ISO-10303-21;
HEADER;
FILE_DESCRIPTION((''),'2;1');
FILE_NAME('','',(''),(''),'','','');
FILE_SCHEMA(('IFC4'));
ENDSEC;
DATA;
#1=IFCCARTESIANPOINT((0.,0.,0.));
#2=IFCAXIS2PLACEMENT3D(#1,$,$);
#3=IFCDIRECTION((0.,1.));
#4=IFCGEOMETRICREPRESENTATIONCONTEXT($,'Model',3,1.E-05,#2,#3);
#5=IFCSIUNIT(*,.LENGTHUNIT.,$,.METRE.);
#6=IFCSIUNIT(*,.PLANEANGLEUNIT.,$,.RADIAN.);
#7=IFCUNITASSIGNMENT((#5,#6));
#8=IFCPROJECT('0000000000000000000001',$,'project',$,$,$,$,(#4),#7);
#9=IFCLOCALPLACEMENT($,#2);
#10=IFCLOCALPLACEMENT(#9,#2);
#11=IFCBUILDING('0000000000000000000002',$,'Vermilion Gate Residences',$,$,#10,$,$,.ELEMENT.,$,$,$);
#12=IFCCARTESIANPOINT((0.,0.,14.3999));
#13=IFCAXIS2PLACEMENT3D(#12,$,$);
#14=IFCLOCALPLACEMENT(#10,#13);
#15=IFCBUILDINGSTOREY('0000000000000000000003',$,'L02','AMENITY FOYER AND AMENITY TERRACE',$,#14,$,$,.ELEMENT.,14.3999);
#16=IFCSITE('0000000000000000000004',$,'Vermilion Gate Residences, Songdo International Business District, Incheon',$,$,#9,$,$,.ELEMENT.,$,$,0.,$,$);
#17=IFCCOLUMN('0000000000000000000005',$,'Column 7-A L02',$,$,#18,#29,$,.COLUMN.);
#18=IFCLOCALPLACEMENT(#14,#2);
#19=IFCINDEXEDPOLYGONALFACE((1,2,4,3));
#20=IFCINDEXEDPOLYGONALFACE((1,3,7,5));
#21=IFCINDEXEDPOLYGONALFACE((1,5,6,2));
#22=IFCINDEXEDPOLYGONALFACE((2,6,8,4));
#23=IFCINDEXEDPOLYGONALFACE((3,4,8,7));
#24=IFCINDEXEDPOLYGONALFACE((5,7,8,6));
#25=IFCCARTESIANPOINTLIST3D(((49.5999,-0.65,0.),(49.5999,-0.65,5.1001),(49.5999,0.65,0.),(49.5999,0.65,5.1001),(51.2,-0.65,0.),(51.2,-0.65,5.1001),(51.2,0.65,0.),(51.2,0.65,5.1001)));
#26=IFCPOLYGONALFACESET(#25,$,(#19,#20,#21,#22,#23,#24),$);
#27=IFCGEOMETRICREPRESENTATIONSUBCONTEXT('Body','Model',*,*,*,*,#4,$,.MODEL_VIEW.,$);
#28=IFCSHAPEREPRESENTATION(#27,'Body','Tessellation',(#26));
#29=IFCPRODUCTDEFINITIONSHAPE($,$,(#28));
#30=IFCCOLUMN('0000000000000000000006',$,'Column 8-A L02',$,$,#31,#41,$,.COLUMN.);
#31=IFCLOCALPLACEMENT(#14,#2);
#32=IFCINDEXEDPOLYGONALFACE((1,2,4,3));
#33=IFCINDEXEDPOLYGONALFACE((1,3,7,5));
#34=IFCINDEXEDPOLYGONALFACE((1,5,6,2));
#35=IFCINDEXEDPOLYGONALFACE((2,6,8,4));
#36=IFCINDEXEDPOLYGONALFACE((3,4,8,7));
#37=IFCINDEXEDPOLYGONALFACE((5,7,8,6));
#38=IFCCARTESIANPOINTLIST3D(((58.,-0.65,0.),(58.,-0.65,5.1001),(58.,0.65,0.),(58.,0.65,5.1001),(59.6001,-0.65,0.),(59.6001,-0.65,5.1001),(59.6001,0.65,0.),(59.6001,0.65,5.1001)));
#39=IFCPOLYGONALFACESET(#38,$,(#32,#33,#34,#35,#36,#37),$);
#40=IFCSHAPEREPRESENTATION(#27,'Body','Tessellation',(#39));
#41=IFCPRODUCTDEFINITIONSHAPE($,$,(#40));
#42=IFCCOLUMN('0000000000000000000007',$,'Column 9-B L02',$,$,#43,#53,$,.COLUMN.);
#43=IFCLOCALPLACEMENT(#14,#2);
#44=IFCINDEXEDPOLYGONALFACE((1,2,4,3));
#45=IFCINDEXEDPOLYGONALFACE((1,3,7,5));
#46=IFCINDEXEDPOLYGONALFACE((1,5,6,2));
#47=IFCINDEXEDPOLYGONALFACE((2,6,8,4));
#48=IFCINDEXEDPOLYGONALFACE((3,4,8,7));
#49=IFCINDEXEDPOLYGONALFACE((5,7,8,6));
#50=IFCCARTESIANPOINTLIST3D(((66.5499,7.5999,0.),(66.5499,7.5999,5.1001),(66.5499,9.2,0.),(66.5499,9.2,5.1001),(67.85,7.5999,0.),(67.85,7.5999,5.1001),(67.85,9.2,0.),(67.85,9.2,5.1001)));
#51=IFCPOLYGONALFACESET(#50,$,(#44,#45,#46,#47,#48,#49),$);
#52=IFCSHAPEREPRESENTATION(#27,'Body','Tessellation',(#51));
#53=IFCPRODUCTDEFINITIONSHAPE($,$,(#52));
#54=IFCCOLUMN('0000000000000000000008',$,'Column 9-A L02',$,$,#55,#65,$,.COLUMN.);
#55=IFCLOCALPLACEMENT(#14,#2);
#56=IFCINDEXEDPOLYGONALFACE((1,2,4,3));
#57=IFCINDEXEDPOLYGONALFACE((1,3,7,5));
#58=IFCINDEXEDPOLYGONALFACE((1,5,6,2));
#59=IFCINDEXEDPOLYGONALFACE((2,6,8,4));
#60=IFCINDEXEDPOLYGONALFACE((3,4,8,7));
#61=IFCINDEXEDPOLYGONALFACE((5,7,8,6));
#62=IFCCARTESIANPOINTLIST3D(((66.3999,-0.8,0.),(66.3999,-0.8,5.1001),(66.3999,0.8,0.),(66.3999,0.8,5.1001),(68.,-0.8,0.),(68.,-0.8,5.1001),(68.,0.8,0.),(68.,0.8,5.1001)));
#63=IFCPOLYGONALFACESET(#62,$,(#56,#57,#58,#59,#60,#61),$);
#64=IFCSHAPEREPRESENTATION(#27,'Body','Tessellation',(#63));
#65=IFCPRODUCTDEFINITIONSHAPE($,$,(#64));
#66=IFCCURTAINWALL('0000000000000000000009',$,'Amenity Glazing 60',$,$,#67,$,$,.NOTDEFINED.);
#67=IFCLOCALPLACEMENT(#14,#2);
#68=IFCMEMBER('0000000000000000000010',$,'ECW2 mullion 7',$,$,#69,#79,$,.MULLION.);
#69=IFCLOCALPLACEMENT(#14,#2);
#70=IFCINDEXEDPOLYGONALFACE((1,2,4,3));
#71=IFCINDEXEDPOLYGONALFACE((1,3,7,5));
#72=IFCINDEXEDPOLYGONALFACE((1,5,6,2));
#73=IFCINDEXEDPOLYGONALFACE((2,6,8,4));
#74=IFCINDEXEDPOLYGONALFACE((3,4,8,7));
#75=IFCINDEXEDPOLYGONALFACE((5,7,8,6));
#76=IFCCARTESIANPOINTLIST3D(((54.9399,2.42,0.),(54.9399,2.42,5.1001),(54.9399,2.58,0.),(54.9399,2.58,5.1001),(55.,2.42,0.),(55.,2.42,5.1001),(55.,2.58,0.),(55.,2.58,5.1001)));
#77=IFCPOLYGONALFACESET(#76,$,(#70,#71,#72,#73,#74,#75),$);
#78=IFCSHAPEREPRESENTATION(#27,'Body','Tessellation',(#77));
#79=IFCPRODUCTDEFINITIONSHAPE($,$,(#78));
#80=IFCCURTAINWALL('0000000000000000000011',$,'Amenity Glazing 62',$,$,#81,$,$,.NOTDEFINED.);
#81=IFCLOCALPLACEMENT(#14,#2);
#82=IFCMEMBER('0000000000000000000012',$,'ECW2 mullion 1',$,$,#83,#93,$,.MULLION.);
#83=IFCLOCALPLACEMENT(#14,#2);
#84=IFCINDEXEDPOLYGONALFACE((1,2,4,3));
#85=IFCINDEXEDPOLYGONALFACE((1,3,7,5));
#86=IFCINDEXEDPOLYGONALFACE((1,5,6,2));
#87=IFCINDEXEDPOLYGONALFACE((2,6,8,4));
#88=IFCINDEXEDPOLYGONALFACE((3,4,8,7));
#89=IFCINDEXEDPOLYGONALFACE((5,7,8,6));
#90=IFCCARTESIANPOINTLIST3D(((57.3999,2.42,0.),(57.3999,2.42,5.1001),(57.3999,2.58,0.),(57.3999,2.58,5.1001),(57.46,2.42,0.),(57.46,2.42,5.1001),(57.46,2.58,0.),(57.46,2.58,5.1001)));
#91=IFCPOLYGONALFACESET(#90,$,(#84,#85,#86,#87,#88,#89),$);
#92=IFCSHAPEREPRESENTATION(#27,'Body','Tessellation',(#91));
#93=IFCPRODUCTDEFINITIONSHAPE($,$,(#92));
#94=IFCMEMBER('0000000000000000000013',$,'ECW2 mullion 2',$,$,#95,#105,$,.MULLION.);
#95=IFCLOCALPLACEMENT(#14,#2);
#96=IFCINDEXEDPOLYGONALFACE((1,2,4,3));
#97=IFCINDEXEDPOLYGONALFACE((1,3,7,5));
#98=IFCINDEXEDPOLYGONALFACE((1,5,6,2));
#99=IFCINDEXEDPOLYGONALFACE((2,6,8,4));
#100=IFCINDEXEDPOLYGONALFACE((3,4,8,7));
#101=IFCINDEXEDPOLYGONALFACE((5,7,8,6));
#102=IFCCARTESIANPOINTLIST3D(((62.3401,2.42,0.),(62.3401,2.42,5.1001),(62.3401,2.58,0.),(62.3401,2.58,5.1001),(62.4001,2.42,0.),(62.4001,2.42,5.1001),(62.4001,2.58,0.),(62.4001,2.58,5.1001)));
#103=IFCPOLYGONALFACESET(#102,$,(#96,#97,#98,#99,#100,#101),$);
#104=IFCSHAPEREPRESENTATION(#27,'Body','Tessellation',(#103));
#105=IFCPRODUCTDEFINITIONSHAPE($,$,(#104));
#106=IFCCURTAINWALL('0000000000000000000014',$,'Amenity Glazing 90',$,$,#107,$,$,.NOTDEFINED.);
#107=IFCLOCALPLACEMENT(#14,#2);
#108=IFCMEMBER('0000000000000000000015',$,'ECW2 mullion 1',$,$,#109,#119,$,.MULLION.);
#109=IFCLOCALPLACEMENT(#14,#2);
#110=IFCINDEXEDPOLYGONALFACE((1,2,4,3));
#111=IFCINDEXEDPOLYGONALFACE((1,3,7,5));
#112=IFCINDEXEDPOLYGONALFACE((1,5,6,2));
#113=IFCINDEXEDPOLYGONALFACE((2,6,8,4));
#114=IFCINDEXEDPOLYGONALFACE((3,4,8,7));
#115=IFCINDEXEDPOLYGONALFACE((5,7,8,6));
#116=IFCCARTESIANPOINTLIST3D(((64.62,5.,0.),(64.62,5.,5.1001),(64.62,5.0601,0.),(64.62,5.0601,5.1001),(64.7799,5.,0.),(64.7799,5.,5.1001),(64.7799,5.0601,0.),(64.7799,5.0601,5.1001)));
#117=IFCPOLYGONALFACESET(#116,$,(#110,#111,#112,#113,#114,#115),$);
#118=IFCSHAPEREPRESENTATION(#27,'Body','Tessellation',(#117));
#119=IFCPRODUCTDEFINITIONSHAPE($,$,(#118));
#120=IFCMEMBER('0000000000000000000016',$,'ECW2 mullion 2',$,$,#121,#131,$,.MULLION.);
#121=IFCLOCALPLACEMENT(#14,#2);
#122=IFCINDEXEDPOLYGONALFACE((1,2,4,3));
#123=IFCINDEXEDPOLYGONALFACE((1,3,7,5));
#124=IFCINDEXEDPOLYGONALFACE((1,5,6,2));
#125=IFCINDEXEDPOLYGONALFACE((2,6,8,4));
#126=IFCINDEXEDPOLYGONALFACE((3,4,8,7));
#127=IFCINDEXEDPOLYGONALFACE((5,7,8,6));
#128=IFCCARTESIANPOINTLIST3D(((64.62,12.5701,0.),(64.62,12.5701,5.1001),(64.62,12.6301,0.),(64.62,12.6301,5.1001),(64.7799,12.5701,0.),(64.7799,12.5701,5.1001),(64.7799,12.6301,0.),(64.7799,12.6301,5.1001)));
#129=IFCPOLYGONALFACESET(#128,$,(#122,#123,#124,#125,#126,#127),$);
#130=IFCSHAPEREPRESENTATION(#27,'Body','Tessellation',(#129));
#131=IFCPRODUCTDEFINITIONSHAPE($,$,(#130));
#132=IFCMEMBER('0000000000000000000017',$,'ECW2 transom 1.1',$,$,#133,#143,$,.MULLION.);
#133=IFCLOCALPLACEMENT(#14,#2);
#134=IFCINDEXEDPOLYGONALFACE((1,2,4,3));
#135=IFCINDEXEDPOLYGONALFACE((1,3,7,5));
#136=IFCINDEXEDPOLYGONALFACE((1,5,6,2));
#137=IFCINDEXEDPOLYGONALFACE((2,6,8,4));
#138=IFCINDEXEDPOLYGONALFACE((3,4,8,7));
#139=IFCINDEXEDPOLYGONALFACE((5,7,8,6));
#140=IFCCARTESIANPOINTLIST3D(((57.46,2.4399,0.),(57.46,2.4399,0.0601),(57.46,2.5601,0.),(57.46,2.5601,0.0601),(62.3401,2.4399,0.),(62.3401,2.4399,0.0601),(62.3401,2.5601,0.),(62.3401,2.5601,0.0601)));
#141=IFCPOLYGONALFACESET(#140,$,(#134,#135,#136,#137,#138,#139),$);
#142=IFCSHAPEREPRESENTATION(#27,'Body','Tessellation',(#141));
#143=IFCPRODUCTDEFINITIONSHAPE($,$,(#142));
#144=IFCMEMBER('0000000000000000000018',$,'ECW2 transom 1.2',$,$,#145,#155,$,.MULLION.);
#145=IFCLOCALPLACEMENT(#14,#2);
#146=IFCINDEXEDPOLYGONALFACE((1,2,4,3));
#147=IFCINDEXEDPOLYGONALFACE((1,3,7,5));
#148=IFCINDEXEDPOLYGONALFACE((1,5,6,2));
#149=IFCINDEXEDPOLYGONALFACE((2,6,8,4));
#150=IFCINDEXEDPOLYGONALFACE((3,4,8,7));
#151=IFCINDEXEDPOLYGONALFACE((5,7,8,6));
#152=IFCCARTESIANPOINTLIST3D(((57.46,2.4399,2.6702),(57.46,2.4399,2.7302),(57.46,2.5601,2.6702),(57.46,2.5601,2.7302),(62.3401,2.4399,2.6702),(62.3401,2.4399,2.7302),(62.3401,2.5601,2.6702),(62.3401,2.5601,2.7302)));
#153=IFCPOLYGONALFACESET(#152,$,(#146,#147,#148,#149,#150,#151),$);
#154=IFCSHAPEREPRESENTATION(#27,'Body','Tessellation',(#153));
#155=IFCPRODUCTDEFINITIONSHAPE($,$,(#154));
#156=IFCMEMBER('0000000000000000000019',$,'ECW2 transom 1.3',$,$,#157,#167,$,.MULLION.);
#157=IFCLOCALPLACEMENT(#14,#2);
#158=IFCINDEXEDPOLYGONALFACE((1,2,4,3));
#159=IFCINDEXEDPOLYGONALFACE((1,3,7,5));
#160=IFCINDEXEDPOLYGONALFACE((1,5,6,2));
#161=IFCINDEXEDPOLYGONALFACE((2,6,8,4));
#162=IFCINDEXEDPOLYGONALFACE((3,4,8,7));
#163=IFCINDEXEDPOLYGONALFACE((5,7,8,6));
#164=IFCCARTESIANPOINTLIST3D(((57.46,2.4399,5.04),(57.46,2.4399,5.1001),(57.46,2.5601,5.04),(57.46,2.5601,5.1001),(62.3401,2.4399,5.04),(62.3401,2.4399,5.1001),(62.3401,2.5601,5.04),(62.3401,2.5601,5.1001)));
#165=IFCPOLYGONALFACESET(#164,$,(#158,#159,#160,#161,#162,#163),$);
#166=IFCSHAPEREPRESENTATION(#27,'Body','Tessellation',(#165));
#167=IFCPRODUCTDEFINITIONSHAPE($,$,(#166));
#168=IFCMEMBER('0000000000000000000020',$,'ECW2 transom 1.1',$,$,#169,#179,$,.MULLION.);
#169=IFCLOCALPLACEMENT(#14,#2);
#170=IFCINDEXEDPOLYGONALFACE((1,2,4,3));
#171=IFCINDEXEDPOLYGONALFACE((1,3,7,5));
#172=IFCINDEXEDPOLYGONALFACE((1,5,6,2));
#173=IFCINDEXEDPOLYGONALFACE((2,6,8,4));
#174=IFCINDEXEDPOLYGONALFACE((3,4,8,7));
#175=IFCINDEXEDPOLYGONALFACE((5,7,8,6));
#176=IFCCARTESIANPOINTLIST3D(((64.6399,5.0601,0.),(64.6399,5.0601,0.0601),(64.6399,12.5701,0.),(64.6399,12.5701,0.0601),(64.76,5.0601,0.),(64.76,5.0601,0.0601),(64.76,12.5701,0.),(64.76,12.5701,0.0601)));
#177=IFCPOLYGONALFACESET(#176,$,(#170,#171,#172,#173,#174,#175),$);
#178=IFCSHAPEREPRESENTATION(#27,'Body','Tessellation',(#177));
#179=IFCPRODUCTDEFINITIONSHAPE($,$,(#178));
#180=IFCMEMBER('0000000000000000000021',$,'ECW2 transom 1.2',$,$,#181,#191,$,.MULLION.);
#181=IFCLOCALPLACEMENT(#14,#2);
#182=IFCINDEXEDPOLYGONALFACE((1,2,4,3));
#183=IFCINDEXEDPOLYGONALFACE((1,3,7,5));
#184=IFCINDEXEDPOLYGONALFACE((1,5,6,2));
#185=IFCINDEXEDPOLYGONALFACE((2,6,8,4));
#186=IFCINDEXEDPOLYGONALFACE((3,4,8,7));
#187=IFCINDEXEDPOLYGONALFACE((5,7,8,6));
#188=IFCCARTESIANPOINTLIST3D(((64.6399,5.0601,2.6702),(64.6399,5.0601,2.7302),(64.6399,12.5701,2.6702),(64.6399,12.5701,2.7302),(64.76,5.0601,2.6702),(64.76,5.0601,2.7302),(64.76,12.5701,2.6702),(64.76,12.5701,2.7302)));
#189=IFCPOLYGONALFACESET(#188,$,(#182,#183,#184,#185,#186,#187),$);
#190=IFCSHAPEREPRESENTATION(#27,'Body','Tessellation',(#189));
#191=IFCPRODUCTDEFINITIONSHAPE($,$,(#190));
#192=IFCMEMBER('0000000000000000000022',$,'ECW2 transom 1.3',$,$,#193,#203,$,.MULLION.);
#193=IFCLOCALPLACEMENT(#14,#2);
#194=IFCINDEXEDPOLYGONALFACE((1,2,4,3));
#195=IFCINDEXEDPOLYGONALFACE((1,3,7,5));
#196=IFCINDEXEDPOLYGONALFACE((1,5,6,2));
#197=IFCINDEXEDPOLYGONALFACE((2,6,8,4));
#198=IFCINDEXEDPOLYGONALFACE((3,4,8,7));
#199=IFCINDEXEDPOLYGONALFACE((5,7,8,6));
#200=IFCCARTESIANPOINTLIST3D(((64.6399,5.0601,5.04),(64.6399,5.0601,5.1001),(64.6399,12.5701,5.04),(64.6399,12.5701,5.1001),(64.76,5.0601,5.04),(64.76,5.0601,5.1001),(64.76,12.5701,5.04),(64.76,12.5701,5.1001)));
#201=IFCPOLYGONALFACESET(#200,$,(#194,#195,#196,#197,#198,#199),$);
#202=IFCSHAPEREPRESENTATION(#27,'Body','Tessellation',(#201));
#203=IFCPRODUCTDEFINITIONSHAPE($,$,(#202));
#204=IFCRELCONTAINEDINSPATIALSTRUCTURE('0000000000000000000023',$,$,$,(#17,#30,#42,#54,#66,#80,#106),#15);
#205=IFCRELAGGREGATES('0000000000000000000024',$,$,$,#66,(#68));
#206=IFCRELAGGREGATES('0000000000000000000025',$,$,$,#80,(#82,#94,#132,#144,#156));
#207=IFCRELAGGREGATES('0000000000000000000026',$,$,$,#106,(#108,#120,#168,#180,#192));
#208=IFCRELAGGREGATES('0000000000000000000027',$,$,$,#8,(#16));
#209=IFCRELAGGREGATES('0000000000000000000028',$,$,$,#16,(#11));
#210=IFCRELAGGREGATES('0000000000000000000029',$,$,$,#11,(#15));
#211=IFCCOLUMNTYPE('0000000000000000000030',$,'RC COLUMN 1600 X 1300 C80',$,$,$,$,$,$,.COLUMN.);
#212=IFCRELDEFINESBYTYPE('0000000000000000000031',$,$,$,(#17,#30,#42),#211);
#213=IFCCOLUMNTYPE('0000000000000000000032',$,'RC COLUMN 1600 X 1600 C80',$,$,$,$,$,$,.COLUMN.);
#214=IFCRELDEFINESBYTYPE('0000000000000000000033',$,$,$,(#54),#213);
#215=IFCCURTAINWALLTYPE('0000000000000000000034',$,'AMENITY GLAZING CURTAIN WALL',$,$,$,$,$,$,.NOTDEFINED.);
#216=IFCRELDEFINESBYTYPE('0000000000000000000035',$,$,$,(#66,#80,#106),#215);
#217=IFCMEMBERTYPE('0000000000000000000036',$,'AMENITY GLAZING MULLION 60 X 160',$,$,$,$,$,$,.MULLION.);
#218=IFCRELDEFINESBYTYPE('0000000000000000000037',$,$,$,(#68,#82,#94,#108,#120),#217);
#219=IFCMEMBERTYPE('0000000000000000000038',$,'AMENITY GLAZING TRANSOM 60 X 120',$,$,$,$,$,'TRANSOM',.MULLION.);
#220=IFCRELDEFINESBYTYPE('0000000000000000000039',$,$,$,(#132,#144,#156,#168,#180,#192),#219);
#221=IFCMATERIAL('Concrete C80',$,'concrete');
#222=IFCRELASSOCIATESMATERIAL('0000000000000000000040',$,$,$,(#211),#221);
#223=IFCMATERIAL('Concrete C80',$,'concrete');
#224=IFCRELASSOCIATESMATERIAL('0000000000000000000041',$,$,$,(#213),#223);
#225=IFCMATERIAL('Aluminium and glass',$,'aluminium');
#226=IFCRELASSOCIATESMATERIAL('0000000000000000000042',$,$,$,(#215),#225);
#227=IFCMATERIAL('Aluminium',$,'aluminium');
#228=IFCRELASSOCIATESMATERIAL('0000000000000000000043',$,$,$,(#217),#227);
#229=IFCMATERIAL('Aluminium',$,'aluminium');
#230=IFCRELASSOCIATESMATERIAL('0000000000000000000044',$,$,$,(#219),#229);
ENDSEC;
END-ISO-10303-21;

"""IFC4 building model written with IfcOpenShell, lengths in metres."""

from ifc_helpers import new_model, si_unit, direction, frame, origin, origin_2d, place, context, subcontext, project, spatial, rectangle, extrude, material, material_profile, profile_set, type_object, element, aggregate, save


model = new_model("IFC4")

# Units and contexts
model_context = context("Model", 3, precision=1e-05, world=origin(), true_north=direction((0.0, 1.0)))
body_context = subcontext(model_context, "Body", "Model", "MODEL_VIEW")
ifc_project = project(units=[si_unit("LENGTHUNIT", "METRE"), si_unit("PLANEANGLEUNIT", "RADIAN")], contexts=[model_context])

# Site, building, storey
site_placement = place(None, origin())
site = spatial("IfcSite", under=ifc_project, at=site_placement, Name="Vermilion Gate Residences, Songdo International Business District, Incheon", CompositionType="ELEMENT", RefElevation=0.0)
building_placement = place(site_placement, origin())
building = spatial("IfcBuilding", under=site, at=building_placement, Name="Vermilion Gate Residences", CompositionType="ELEMENT")
storey_placement = place(building_placement, frame((0.0, 0.0, 14.3999)))
storey = spatial("IfcBuildingStorey", under=building, at=storey_placement, Name="L02", Description="AMENITY FOYER AND AMENITY TERRACE", CompositionType="ELEMENT", Elevation=14.3999)

# Columns
ifc_material_1 = material(Name="Concrete C80", Category="concrete")
ifc_material_profile_1 = material_profile(ifc_material_1, rectangle(XDim=1.6001, YDim=1.3, at=origin_2d()), Name="RC-1600x1300")
ifc_profile_set_1 = profile_set([ifc_material_profile_1], Name="Concrete C80")
column_type_1 = type_object("IfcColumnType", Name="RC COLUMN 1600 X 1300 C80", PredefinedType="COLUMN", material=ifc_profile_set_1)
for number, where, z_axis, x_axis, name in (
    (1, (50.3999, 0.0, 0.0), (0.0, 0.0, 1.0), (1.0, 0.0, 0.0), "Column 7-A L02"),
    (2, (58.8, 0.0, 0.0), (0.0, 0.0, 1.0), (1.0, 0.0, 0.0), "Column 8-A L02"),
    (3, (67.2, 8.3999, 0.0), (0.0, 0.0, 1.0), (0.0, 1.0, 0.0), "Column 9-B L02"),
):
    element("IfcColumn", number, at=place(storey_placement, frame(where, z_axis=z_axis, x_axis=x_axis)), inside=storey, type_object=column_type_1, Name=name, PredefinedType="COLUMN", context=body_context, shape_type="SweptSolid", body=[
        extrude(rectangle(XDim=1.6001, YDim=1.3, at=origin_2d()), origin(), (0.0, 0.0, 1.0), 5.1001),
    ])
ifc_material_2 = material(Name="Concrete C80", Category="concrete")
ifc_material_profile_2 = material_profile(ifc_material_2, rectangle(XDim=1.6001, YDim=1.6001, at=origin_2d()), Name="RC-1600x1600")
ifc_profile_set_2 = profile_set([ifc_material_profile_2], Name="Concrete C80")
column_type_2 = type_object("IfcColumnType", Name="RC COLUMN 1600 X 1600 C80", PredefinedType="COLUMN", material=ifc_profile_set_2)
column_placement = place(storey_placement, frame((67.2, 0.0, 0.0), z_axis=(0.0, 0.0, 1.0), x_axis=(1.0, 0.0, 0.0)))
element("IfcColumn", 4, at=column_placement, inside=storey, type_object=column_type_2, Name="Column 9-A L02", PredefinedType="COLUMN", context=body_context, shape_type="SweptSolid", body=[
    extrude(rectangle(XDim=1.6001, YDim=1.6001, at=origin_2d()), origin(), (0.0, 0.0, 1.0), 5.1001),
])

# Curtain wall, member
ifc_material_3 = material(Name="Aluminium and glass", Category="aluminium")
curtain_wall_type = type_object("IfcCurtainWallType", Name="AMENITY GLAZING CURTAIN WALL", PredefinedType="NOTDEFINED", material=ifc_material_3)
curtain_wall_1_placement = place(storey_placement, origin())
curtain_wall_1 = element("IfcCurtainWall", 5, at=curtain_wall_1_placement, inside=storey, type_object=curtain_wall_type, Name="Amenity Glazing 60", PredefinedType="NOTDEFINED")
ifc_material_4 = material(Name="Aluminium", Category="aluminium")
ifc_material_profile_3 = material_profile(ifc_material_4, rectangle(XDim=0.1599, YDim=0.0601, at=origin_2d()), Name="MULLION 60 X 160")
ifc_profile_set_3 = profile_set([ifc_material_profile_3], Name="Aluminium")
member_type_1 = type_object("IfcMemberType", Name="AMENITY GLAZING MULLION 60 X 160", PredefinedType="MULLION", material=ifc_profile_set_3)
member_1_placement = place(storey_placement, frame((54.97, 2.5, 0.0), z_axis=(0.0, 0.0, 1.0), x_axis=(0.0, 1.0, 0.0)))
member_1 = element("IfcMember", 6, at=member_1_placement, type_object=member_type_1, Name="ECW2 mullion 7", PredefinedType="MULLION", context=body_context, shape_type="SweptSolid", body=[
    extrude(rectangle(XDim=0.1599, YDim=0.0601, at=origin_2d()), origin(), (0.0, 0.0, 1.0), 5.1001),
])

# Curtain walls, members
curtain_wall_2_placement = place(storey_placement, origin())
curtain_wall_2 = element("IfcCurtainWall", 7, at=curtain_wall_2_placement, inside=storey, type_object=curtain_wall_type, Name="Amenity Glazing 62", PredefinedType="NOTDEFINED")
member_2_placement = place(storey_placement, frame((57.4299, 2.5, 0.0), z_axis=(0.0, 0.0, 1.0), x_axis=(0.0, 1.0, 0.0)))
member_2 = element("IfcMember", 8, at=member_2_placement, type_object=member_type_1, Name="ECW2 mullion 1", PredefinedType="MULLION", context=body_context, shape_type="SweptSolid", body=[
    extrude(rectangle(XDim=0.1599, YDim=0.0601, at=origin_2d()), origin(), (0.0, 0.0, 1.0), 5.1001),
])
member_3_placement = place(storey_placement, frame((62.3701, 2.5, 0.0), z_axis=(0.0, 0.0, 1.0), x_axis=(0.0, 1.0, 0.0)))
member_3 = element("IfcMember", 9, at=member_3_placement, type_object=member_type_1, Name="ECW2 mullion 2", PredefinedType="MULLION", context=body_context, shape_type="SweptSolid", body=[
    extrude(rectangle(XDim=0.1599, YDim=0.0601, at=origin_2d()), origin(), (0.0, 0.0, 1.0), 5.1001),
])
curtain_wall_3_placement = place(storey_placement, origin())
curtain_wall_3 = element("IfcCurtainWall", 10, at=curtain_wall_3_placement, inside=storey, type_object=curtain_wall_type, Name="Amenity Glazing 90", PredefinedType="NOTDEFINED")
member_4_placement = place(storey_placement, frame((64.7, 5.03, 0.0), z_axis=(0.0, 0.0, 1.0), x_axis=(-1.0, 0.0, 0.0)))
member_4 = element("IfcMember", 11, at=member_4_placement, type_object=member_type_1, Name="ECW2 mullion 1", PredefinedType="MULLION", context=body_context, shape_type="SweptSolid", body=[
    extrude(rectangle(XDim=0.1599, YDim=0.0601, at=origin_2d()), origin(), (0.0, 0.0, 1.0), 5.1001),
])
member_5_placement = place(storey_placement, frame((64.7, 12.6001, 0.0), z_axis=(0.0, 0.0, 1.0), x_axis=(-1.0, 0.0, 0.0)))
member_5 = element("IfcMember", 12, at=member_5_placement, type_object=member_type_1, Name="ECW2 mullion 2", PredefinedType="MULLION", context=body_context, shape_type="SweptSolid", body=[
    extrude(rectangle(XDim=0.1599, YDim=0.0601, at=origin_2d()), origin(), (0.0, 0.0, 1.0), 5.1001),
])

# Members
ifc_material_5 = material(Name="Aluminium", Category="aluminium")
ifc_material_profile_4 = material_profile(ifc_material_5, rectangle(XDim=0.1201, YDim=0.0601, at=origin_2d()), Name="TRANSOM 60 X 120")
ifc_profile_set_4 = profile_set([ifc_material_profile_4], Name="Aluminium")
member_type_2 = type_object("IfcMemberType", Name="AMENITY GLAZING TRANSOM 60 X 120", ElementType="TRANSOM", PredefinedType="MULLION", material=ifc_profile_set_4)
member_6_placement = place(storey_placement, frame((57.46, 2.5, 0.03), z_axis=(1.0, 0.0, 0.0), x_axis=(0.0, 1.0, 0.0)))
member_6 = element("IfcMember", 13, at=member_6_placement, type_object=member_type_2, Name="ECW2 transom 1.1", PredefinedType="MULLION", context=body_context, shape_type="SweptSolid", body=[
    extrude(rectangle(XDim=0.1201, YDim=0.0601, at=origin_2d()), origin(), (0.0, 0.0, 1.0), 4.8801),
])
member_7_placement = place(storey_placement, frame((57.46, 2.5, 2.7002), z_axis=(1.0, 0.0, 0.0), x_axis=(0.0, 1.0, 0.0)))
member_7 = element("IfcMember", 14, at=member_7_placement, type_object=member_type_2, Name="ECW2 transom 1.2", PredefinedType="MULLION", context=body_context, shape_type="SweptSolid", body=[
    extrude(rectangle(XDim=0.1201, YDim=0.0601, at=origin_2d()), origin(), (0.0, 0.0, 1.0), 4.8801),
])
member_8_placement = place(storey_placement, frame((57.46, 2.5, 5.0701), z_axis=(1.0, 0.0, 0.0), x_axis=(0.0, 1.0, 0.0)))
member_8 = element("IfcMember", 15, at=member_8_placement, type_object=member_type_2, Name="ECW2 transom 1.3", PredefinedType="MULLION", context=body_context, shape_type="SweptSolid", body=[
    extrude(rectangle(XDim=0.1201, YDim=0.0601, at=origin_2d()), origin(), (0.0, 0.0, 1.0), 4.8801),
])
member_9_placement = place(storey_placement, frame((64.7, 5.0601, 0.03), z_axis=(0.0, 1.0, 0.0), x_axis=(-1.0, 0.0, 0.0)))
member_9 = element("IfcMember", 16, at=member_9_placement, type_object=member_type_2, Name="ECW2 transom 1.1", PredefinedType="MULLION", context=body_context, shape_type="SweptSolid", body=[
    extrude(rectangle(XDim=0.1201, YDim=0.0601, at=origin_2d()), origin(), (0.0, 0.0, 1.0), 7.51),
])
member_10_placement = place(storey_placement, frame((64.7, 5.0601, 2.7002), z_axis=(0.0, 1.0, 0.0), x_axis=(-1.0, 0.0, 0.0)))
member_10 = element("IfcMember", 17, at=member_10_placement, type_object=member_type_2, Name="ECW2 transom 1.2", PredefinedType="MULLION", context=body_context, shape_type="SweptSolid", body=[
    extrude(rectangle(XDim=0.1201, YDim=0.0601, at=origin_2d()), origin(), (0.0, 0.0, 1.0), 7.51),
])
member_11_placement = place(storey_placement, frame((64.7, 5.0601, 5.0701), z_axis=(0.0, 1.0, 0.0), x_axis=(-1.0, 0.0, 0.0)))
member_11 = element("IfcMember", 18, at=member_11_placement, type_object=member_type_2, Name="ECW2 transom 1.3", PredefinedType="MULLION", context=body_context, shape_type="SweptSolid", body=[
    extrude(rectangle(XDim=0.1201, YDim=0.0601, at=origin_2d()), origin(), (0.0, 0.0, 1.0), 7.51),
])

aggregate(curtain_wall_1, [member_1])
aggregate(curtain_wall_2, [member_2, member_3, member_6, member_7, member_8])
aggregate(curtain_wall_3, [member_4, member_5, member_9, member_10, member_11])

save(model, "model.ifc")
